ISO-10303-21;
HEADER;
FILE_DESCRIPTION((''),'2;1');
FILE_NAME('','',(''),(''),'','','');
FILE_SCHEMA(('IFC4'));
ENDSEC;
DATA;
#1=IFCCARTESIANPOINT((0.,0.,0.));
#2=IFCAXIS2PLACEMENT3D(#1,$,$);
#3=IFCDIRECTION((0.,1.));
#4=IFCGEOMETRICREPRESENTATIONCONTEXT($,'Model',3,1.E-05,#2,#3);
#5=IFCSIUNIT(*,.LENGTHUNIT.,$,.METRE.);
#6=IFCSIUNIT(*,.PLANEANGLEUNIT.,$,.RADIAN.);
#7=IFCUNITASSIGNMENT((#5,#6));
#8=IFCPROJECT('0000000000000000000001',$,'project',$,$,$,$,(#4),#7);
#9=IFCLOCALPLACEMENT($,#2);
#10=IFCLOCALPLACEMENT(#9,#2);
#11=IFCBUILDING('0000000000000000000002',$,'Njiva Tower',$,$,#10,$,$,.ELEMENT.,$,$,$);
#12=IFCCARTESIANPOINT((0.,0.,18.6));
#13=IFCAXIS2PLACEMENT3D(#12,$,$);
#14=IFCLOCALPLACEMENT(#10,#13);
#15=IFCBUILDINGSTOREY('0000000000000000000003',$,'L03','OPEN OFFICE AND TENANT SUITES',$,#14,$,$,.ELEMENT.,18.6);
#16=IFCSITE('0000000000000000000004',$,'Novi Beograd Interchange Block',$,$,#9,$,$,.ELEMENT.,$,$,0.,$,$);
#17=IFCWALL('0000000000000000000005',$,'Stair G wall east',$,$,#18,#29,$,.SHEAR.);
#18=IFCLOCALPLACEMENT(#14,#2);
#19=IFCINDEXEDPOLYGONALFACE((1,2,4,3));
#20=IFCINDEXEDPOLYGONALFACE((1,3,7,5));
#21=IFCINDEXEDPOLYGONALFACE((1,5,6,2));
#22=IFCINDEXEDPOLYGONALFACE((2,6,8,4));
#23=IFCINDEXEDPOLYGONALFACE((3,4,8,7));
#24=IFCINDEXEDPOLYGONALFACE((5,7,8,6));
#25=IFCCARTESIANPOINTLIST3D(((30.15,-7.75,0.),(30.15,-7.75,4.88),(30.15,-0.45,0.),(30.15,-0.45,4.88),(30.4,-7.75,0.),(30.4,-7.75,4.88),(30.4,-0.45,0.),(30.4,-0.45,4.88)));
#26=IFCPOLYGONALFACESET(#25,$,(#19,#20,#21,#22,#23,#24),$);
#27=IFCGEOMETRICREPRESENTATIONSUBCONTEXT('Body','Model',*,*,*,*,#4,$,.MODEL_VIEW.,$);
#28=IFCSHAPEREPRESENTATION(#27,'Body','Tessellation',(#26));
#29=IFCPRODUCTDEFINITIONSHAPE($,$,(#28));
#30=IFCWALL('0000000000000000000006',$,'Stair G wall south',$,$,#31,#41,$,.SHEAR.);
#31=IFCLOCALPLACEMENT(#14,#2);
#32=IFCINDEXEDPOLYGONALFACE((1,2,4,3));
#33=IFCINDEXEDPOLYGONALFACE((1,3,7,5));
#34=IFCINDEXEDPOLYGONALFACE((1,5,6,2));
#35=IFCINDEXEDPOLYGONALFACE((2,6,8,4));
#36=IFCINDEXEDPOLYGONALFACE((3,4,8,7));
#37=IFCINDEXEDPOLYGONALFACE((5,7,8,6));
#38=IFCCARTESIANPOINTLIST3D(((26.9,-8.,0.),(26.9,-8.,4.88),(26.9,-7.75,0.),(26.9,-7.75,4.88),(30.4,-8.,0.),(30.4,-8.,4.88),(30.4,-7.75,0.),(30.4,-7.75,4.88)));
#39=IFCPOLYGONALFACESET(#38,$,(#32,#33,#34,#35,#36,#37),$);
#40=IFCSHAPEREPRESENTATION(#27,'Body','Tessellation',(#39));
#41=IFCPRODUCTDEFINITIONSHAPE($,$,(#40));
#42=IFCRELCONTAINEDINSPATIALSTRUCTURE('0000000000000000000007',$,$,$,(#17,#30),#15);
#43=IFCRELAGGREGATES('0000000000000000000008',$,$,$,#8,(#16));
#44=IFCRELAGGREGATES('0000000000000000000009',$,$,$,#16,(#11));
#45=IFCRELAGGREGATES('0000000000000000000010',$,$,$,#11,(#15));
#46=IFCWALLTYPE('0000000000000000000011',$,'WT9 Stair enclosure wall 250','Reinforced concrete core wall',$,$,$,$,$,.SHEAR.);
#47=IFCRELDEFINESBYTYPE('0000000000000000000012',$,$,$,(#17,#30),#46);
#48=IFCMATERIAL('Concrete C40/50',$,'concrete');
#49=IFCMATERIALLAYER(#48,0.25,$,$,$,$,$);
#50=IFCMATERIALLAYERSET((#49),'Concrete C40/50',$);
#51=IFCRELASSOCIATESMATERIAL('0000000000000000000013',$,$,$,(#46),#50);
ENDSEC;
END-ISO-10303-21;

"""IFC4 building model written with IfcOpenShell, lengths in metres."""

from ifc_helpers import new_model, si_unit, direction, frame, frame_2d, origin, place, context, subcontext, project, spatial, rectangle, extrude, material, layer, layer_set, type_object, element, save


model = new_model("IFC4")

# Units and contexts
model_context = context("Model", 3, precision=1e-05, world=origin(), true_north=direction((0.0, 1.0)))
body_context = subcontext(model_context, "Body", "Model", "MODEL_VIEW")
ifc_project = project(units=[si_unit("LENGTHUNIT", "METRE"), si_unit("PLANEANGLEUNIT", "RADIAN")], contexts=[model_context])

# Site, building, storey
site_placement = place(None, origin())
site = spatial("IfcSite", under=ifc_project, at=site_placement, Name="Novi Beograd Interchange Block", CompositionType="ELEMENT", RefElevation=0.0)
building_placement = place(site_placement, origin())
building = spatial("IfcBuilding", under=site, at=building_placement, Name="Njiva Tower", CompositionType="ELEMENT")
storey_placement = place(building_placement, frame((0.0, 0.0, 18.6)))
storey = spatial("IfcBuildingStorey", under=building, at=storey_placement, Name="L03", Description="OPEN OFFICE AND TENANT SUITES", CompositionType="ELEMENT", Elevation=18.6)

# Shared definitions
ifc_material_1 = material(Name="Concrete C40/50", Category="concrete")
ifc_layer_1 = layer(ifc_material_1, 0.25)
ifc_layer_set_1 = layer_set([ifc_layer_1], Name="Concrete C40/50")
wall_type_1 = type_object("IfcWallType", Name="WT9 Stair enclosure wall 250", Description="Reinforced concrete core wall", PredefinedType="SHEAR", material=ifc_layer_set_1)

# Walls
wall_1_placement = place(storey_placement, frame((30.275, -7.75, 0.0), z_axis=(0.0, 0.0, 1.0), x_axis=(0.0, 1.0, 0.0)))
element("IfcWall", 1, at=wall_1_placement, inside=storey, type_object=wall_type_1, Name="Stair G wall east", PredefinedType="SHEAR", context=body_context, shape_type="SweptSolid", body=[
    extrude(rectangle(XDim=7.3, YDim=0.25, at=frame_2d((3.65, 0.0))), origin(), (0.0, 0.0, 1.0), 4.88),
])
wall_2_placement = place(storey_placement, frame((26.9, -7.875, 0.0), z_axis=(0.0, 0.0, 1.0), x_axis=(1.0, 0.0, 0.0)))
element("IfcWall", 2, at=wall_2_placement, inside=storey, type_object=wall_type_1, Name="Stair G wall south", PredefinedType="SHEAR", context=body_context, shape_type="SweptSolid", body=[
    extrude(rectangle(XDim=3.5, YDim=0.25, at=frame_2d((1.75, 0.0))), origin(), (0.0, 0.0, 1.0), 4.88),
])

save(model, "model.ifc")
